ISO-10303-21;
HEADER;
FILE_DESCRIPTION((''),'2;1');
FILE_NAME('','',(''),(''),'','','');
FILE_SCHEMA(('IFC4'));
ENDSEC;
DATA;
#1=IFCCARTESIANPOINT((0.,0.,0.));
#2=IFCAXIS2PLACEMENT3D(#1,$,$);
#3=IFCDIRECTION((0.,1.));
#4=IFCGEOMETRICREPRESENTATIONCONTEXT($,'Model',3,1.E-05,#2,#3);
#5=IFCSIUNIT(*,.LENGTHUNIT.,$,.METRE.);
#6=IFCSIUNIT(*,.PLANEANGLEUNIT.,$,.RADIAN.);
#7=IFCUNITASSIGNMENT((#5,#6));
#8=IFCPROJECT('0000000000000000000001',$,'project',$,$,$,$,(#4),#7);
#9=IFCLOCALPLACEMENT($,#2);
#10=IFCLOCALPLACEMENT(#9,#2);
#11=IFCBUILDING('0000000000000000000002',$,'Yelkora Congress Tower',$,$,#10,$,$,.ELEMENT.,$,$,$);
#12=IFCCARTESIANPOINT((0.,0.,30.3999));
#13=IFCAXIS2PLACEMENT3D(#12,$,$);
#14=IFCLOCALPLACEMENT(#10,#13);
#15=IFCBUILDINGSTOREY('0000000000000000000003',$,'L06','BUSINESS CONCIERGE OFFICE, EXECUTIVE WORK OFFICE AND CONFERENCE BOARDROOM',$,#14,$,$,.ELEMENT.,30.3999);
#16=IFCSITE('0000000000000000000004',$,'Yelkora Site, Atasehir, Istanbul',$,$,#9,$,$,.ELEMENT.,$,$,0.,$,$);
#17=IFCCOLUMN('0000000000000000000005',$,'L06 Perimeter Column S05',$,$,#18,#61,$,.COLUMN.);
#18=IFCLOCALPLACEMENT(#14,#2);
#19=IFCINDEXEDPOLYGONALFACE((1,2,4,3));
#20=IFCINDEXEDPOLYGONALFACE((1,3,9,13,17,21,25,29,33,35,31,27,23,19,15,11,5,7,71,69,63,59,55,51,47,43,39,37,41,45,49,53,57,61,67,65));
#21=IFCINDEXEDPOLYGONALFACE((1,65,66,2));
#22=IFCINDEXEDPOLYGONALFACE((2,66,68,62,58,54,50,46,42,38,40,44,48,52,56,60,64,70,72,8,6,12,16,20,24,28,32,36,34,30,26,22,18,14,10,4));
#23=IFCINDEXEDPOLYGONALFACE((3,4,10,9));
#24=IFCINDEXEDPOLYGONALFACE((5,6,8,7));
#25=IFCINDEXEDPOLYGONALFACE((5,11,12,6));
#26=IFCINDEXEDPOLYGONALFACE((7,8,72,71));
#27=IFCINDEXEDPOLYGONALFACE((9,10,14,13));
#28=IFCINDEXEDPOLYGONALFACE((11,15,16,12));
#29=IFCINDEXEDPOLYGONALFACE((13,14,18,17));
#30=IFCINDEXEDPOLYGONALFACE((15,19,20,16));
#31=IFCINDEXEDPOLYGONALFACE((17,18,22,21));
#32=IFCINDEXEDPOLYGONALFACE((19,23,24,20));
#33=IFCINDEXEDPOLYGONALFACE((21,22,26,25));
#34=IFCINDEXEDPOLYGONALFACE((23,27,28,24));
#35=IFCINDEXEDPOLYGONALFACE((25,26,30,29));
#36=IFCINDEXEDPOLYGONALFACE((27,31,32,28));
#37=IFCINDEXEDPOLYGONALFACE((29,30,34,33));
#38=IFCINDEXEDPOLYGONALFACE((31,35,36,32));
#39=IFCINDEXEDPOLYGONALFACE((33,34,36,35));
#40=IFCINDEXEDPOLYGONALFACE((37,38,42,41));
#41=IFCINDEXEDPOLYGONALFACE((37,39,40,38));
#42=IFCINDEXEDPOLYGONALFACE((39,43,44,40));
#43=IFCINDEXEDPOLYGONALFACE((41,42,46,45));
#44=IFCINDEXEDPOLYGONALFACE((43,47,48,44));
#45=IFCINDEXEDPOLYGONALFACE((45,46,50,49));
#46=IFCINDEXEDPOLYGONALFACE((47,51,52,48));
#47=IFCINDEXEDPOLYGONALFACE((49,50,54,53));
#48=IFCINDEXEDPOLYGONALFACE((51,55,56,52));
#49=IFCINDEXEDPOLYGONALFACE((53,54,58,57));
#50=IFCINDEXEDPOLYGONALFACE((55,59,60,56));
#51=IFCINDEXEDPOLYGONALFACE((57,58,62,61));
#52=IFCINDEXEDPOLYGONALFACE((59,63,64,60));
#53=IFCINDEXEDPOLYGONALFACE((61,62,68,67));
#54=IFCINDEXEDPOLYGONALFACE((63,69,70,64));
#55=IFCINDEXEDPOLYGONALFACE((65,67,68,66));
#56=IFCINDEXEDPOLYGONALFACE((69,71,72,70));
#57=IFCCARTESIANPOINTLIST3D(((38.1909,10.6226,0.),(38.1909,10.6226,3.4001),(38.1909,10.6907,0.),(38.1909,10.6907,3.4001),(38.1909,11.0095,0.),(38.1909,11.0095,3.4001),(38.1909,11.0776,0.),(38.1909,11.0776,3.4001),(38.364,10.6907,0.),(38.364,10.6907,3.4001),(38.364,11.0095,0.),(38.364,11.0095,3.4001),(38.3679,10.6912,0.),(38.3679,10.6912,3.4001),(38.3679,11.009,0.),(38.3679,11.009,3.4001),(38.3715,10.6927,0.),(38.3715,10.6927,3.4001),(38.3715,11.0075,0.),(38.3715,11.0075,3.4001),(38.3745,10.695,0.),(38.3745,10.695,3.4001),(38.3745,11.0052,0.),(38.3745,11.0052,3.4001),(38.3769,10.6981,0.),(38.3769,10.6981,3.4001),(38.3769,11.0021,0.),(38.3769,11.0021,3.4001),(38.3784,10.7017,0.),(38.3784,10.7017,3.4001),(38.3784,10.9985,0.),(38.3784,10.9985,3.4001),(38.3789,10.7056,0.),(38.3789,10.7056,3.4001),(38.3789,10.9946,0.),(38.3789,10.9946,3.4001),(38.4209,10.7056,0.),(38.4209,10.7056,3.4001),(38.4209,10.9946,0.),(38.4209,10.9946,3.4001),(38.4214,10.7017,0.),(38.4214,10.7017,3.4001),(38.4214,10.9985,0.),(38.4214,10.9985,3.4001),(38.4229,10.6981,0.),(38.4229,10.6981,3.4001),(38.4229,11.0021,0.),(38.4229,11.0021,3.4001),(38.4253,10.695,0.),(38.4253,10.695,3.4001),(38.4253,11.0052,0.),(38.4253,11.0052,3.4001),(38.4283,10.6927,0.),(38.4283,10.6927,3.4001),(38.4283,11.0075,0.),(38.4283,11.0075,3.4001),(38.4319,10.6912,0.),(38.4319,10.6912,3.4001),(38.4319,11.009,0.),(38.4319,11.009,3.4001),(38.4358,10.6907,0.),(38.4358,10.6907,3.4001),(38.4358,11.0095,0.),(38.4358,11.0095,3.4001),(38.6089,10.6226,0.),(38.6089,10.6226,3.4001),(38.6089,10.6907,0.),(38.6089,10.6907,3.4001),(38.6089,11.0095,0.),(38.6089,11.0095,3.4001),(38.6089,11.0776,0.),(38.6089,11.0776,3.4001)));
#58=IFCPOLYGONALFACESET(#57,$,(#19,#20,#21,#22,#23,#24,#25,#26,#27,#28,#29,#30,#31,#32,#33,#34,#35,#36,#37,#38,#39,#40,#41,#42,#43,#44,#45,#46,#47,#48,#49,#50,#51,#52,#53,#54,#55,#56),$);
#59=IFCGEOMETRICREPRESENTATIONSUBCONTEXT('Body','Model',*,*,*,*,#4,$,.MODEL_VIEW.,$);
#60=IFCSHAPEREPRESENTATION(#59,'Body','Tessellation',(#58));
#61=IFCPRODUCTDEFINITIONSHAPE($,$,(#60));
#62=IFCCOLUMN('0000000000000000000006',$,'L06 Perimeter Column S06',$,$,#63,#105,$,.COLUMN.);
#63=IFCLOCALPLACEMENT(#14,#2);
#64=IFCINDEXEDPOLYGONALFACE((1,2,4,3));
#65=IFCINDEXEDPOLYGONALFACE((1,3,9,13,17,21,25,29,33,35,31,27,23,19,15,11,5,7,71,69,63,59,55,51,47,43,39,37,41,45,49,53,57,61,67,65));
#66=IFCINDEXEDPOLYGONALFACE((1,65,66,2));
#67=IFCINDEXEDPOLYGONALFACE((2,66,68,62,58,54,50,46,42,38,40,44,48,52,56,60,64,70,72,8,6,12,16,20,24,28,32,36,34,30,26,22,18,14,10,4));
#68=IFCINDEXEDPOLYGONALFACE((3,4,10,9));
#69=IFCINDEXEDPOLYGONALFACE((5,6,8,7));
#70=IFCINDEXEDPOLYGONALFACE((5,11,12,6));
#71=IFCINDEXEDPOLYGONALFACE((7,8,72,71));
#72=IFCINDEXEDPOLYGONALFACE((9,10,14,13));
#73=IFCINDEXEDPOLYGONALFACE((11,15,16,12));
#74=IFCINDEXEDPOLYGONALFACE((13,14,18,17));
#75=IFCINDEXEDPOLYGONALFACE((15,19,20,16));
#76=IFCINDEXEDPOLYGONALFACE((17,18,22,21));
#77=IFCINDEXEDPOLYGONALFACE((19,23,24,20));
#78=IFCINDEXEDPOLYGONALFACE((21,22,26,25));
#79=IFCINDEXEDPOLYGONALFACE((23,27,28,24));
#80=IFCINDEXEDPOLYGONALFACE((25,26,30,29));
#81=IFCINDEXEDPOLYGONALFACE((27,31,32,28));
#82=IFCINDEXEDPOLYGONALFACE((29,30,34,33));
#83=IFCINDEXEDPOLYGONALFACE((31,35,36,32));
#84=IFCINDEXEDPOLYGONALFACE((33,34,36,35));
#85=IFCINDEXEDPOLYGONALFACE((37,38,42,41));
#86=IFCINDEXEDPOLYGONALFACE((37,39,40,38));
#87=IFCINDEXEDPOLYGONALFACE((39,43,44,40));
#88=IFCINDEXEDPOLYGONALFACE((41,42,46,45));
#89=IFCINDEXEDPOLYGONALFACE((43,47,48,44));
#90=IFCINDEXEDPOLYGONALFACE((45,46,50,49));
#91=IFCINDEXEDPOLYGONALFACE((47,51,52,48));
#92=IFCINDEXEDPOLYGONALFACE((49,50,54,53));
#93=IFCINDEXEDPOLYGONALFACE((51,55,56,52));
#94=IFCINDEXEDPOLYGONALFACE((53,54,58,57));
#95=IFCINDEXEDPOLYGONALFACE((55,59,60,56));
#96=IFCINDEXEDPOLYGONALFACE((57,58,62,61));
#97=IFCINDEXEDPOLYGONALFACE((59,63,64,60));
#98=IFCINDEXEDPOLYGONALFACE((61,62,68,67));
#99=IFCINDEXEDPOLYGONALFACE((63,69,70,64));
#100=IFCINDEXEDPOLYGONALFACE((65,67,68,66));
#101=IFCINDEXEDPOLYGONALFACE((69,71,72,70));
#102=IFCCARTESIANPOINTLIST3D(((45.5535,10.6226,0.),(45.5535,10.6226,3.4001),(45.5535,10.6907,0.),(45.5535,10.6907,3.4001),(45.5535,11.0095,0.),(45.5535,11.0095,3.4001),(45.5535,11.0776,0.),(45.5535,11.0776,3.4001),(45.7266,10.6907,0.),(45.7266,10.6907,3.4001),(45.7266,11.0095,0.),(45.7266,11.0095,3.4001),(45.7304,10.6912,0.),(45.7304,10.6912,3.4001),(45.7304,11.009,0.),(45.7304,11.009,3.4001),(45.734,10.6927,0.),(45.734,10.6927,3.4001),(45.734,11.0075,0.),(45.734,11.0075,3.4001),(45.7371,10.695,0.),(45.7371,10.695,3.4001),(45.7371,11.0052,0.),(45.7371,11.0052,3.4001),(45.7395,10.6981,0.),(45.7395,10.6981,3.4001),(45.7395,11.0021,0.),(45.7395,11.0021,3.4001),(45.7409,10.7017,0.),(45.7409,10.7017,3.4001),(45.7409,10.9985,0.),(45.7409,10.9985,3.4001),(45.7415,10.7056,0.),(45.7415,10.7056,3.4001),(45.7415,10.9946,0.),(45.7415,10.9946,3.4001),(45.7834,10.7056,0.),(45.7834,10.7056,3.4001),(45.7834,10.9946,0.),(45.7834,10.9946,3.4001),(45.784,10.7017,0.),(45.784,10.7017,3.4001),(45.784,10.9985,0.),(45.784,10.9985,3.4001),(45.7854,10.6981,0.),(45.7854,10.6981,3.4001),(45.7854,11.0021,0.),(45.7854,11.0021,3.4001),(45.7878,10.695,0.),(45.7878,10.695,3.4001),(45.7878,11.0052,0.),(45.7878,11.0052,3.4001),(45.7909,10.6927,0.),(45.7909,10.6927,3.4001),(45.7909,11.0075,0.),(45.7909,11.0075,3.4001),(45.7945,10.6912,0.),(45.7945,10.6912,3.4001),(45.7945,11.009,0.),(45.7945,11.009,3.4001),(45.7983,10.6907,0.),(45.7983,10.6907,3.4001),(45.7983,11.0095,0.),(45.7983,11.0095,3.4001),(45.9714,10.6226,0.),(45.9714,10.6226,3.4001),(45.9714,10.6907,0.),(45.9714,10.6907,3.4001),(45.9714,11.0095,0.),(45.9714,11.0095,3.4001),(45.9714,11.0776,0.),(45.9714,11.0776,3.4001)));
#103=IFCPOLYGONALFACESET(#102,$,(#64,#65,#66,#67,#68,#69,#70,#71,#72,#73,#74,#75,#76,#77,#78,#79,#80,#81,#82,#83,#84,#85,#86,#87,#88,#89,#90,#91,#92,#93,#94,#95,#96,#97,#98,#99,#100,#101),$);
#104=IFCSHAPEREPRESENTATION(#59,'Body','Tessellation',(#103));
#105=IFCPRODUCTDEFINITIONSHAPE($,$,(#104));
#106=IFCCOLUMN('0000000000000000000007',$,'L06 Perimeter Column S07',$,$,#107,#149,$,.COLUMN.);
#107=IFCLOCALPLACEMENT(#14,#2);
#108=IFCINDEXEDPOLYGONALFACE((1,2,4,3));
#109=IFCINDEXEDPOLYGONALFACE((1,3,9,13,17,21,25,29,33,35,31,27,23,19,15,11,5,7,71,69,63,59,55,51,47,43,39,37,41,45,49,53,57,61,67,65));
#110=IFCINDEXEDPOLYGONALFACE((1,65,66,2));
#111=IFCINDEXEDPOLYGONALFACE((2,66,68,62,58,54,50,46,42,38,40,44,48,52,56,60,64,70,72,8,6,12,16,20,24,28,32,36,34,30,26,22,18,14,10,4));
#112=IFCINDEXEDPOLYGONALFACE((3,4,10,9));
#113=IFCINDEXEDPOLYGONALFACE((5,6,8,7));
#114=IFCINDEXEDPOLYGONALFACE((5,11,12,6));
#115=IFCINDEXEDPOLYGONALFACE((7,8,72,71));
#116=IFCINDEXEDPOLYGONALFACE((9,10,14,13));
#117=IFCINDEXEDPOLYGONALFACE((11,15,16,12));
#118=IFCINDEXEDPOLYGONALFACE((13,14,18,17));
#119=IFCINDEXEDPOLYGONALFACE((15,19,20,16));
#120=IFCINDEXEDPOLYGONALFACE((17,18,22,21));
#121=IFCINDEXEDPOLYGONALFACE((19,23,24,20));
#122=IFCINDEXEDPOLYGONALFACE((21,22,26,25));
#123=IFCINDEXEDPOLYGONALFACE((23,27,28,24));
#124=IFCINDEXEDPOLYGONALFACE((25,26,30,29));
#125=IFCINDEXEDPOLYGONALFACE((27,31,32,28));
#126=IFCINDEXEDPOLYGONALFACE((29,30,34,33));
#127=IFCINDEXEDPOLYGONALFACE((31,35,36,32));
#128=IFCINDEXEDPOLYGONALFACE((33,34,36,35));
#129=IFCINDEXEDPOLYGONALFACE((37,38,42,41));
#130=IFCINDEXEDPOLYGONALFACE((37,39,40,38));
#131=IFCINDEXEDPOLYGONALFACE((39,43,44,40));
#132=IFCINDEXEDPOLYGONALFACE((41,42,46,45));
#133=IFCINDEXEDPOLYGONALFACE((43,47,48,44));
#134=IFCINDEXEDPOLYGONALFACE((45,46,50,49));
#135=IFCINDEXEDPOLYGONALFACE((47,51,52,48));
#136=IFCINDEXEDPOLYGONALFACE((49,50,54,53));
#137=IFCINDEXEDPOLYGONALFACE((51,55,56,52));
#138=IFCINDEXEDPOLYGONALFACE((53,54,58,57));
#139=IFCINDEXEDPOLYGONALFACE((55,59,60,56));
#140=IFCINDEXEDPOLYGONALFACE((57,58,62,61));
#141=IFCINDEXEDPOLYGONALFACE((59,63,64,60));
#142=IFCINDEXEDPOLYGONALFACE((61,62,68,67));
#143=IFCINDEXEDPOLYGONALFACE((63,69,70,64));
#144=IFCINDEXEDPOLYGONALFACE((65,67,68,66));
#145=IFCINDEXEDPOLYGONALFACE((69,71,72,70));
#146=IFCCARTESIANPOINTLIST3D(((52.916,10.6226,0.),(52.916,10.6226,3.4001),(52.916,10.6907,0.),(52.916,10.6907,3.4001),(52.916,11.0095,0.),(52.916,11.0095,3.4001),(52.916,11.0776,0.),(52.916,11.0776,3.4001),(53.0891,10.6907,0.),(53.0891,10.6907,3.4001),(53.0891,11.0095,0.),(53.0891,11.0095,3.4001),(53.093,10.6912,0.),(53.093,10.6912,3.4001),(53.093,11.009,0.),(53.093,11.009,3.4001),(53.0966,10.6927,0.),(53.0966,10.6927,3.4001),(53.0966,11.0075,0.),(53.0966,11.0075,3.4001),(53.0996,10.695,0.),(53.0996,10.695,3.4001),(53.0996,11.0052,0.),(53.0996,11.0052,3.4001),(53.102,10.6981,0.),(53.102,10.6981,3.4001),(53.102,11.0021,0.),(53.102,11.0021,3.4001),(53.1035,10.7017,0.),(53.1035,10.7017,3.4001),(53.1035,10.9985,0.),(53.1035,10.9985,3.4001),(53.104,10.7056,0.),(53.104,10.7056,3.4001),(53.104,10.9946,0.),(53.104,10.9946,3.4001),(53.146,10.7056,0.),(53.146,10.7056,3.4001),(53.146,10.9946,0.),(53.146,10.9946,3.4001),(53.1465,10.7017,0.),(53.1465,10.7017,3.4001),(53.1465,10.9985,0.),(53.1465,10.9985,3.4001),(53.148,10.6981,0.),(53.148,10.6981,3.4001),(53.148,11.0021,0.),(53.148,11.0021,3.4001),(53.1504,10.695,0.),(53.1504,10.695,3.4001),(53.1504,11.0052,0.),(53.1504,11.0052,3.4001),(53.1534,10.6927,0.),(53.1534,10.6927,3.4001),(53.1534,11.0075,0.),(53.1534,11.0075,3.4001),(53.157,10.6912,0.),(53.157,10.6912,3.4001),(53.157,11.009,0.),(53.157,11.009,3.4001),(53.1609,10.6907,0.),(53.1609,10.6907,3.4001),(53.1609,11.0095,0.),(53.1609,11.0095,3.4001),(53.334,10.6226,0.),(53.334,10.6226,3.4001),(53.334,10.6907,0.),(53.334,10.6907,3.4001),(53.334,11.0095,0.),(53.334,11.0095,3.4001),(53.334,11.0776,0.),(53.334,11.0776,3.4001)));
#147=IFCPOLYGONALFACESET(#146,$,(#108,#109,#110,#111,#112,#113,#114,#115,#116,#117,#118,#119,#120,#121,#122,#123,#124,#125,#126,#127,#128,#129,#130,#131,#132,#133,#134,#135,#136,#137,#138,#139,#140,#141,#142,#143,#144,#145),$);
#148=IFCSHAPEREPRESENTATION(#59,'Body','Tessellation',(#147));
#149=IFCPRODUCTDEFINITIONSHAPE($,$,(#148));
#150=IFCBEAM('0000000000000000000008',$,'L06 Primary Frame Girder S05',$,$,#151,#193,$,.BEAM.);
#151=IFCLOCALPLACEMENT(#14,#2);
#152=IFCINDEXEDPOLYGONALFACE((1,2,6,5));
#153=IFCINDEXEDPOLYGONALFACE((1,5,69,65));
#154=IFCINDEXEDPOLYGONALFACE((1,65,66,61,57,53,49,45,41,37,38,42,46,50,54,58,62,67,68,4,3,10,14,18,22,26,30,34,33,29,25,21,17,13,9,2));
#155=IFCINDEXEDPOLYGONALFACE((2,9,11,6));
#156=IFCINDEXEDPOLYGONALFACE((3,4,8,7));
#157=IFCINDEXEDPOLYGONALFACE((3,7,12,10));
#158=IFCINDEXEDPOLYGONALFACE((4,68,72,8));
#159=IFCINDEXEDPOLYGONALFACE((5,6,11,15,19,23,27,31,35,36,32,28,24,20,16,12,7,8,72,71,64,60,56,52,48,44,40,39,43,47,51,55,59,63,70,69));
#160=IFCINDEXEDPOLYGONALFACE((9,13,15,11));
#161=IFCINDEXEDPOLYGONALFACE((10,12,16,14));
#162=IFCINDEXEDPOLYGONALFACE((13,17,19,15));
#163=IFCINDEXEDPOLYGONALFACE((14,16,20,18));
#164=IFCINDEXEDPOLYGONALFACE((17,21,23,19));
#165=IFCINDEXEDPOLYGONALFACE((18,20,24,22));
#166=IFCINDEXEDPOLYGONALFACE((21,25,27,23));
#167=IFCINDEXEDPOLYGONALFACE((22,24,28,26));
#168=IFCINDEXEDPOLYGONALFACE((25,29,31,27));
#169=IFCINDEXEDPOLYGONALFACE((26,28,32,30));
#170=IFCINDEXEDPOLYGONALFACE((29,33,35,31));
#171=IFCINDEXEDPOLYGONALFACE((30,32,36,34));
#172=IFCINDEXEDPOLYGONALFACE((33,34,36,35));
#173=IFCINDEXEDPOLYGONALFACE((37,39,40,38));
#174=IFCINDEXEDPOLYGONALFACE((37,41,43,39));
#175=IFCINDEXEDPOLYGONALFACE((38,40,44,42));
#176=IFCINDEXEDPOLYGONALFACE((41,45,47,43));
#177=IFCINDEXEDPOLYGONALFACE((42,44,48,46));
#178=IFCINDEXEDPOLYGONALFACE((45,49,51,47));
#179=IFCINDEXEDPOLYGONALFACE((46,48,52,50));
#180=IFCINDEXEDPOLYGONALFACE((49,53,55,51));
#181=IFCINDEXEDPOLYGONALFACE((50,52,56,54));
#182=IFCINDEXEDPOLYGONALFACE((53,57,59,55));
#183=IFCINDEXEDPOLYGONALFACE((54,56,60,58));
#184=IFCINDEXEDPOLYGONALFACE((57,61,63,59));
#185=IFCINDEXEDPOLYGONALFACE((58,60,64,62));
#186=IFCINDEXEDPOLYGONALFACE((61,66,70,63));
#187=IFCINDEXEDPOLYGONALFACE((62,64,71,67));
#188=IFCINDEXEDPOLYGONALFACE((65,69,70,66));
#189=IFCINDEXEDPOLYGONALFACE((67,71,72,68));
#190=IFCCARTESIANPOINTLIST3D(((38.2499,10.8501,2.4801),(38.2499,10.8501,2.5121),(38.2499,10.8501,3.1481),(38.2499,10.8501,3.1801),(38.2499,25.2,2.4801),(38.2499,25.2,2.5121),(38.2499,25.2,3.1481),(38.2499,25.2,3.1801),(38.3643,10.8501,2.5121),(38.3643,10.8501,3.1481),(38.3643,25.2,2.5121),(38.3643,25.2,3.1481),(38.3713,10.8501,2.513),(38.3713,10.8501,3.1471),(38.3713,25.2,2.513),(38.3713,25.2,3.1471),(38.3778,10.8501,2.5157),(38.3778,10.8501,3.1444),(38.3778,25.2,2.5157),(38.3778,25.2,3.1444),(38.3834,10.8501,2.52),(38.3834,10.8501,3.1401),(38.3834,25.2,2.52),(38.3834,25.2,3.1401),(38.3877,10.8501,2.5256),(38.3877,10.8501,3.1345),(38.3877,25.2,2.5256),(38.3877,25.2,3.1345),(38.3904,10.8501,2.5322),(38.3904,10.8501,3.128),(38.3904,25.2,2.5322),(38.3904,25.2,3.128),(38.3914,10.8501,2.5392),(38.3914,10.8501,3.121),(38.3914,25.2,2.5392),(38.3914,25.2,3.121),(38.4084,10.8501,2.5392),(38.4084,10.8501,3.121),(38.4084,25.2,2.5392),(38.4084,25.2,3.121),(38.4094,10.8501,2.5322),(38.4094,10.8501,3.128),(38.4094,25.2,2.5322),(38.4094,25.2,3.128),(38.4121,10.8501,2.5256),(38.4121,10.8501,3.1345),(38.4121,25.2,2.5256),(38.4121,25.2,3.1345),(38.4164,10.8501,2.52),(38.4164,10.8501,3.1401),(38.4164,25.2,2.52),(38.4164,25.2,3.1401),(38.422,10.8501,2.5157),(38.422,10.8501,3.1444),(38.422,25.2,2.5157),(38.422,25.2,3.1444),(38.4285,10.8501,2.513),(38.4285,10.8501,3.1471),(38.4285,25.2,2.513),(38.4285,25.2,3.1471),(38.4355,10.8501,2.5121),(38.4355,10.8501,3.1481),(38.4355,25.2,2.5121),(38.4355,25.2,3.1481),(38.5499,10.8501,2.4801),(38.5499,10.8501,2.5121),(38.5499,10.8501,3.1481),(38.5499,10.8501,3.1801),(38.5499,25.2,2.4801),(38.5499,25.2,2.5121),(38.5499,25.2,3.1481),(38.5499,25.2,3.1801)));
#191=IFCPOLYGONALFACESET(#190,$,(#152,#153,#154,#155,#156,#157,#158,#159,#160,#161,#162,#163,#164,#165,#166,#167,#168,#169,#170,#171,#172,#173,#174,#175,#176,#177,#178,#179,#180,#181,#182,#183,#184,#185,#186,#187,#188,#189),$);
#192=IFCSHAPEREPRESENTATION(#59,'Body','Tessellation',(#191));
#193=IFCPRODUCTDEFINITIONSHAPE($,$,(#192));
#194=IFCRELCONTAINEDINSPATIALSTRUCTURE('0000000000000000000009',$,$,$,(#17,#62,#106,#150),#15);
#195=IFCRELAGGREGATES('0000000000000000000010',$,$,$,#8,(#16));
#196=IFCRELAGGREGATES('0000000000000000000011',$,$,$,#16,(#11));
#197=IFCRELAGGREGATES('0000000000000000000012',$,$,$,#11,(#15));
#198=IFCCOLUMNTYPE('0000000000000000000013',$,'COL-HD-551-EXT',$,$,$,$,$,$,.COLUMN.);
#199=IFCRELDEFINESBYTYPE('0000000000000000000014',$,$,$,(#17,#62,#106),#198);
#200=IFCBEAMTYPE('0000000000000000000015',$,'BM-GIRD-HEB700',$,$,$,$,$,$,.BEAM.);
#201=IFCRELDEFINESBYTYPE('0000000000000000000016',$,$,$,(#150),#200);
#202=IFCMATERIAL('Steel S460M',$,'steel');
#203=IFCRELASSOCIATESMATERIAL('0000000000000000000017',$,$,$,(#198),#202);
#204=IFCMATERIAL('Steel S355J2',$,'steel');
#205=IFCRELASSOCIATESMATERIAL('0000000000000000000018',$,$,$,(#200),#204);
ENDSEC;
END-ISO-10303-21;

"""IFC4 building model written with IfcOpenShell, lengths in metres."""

from ifc_helpers import new_model, si_unit, direction, frame, origin, origin_2d, place, context, subcontext, project, spatial, i_section, extrude, material, material_profile, profile_set, type_object, element, save


model = new_model("IFC4")

# Units and contexts
model_context = context("Model", 3, precision=1e-05, world=origin(), true_north=direction((0.0, 1.0)))
body_context = subcontext(model_context, "Body", "Model", "MODEL_VIEW")
ifc_project = project(units=[si_unit("LENGTHUNIT", "METRE"), si_unit("PLANEANGLEUNIT", "RADIAN")], contexts=[model_context])

# Site, building, storey
site_placement = place(None, origin())
site = spatial("IfcSite", under=ifc_project, at=site_placement, Name="Yelkora Site, Atasehir, Istanbul", CompositionType="ELEMENT", RefElevation=0.0)
building_placement = place(site_placement, origin())
building = spatial("IfcBuilding", under=site, at=building_placement, Name="Yelkora Congress Tower", CompositionType="ELEMENT")
storey_placement = place(building_placement, frame((0.0, 0.0, 30.3999)))
storey = spatial("IfcBuildingStorey", under=building, at=storey_placement, Name="L06", Description="BUSINESS CONCIERGE OFFICE, EXECUTIVE WORK OFFICE AND CONFERENCE BOARDROOM", CompositionType="ELEMENT", Elevation=30.3999)

# Columns
ifc_material_1 = material(Name="Steel S460M", Category="steel")
ifc_material_profile_1 = material_profile(ifc_material_1, i_section(OverallWidth=0.418, OverallDepth=0.4551, WebThickness=0.042, FlangeThickness=0.0681, FilletRadius=0.0149, at=origin_2d()), Name="HD 400x551")
ifc_profile_set_1 = profile_set([ifc_material_profile_1], Name="Steel S460M")
column_type = type_object("IfcColumnType", Name="COL-HD-551-EXT", PredefinedType="COLUMN", material=ifc_profile_set_1)
for number, where, z_axis, x_axis, name in (
    (1, (38.3999, 10.8501, 0.0), (0.0, 0.0, 1.0), (1.0, 0.0, 0.0), "L06 Perimeter Column S05"),
    (2, (45.7625, 10.8501, 0.0), (0.0, 0.0, 1.0), (1.0, 0.0, 0.0), "L06 Perimeter Column S06"),
    (3, (53.125, 10.8501, 0.0), (0.0, 0.0, 1.0), (1.0, 0.0, 0.0), "L06 Perimeter Column S07"),
):
    element("IfcColumn", number, at=place(storey_placement, frame(where, z_axis=z_axis, x_axis=x_axis)), inside=storey, type_object=column_type, Name=name, PredefinedType="COLUMN", context=body_context, shape_type="SweptSolid", body=[
        extrude(i_section(OverallWidth=0.418, OverallDepth=0.4551, WebThickness=0.042, FlangeThickness=0.0681, FilletRadius=0.0149, at=origin_2d()), origin(), (0.0, 0.0, 1.0), 3.4001),
    ])

# Beam
ifc_material_2 = material(Name="Steel S355J2", Category="steel")
ifc_material_profile_2 = material_profile(ifc_material_2, i_section(OverallWidth=0.3, OverallDepth=0.7, WebThickness=0.0171, FlangeThickness=0.032, FilletRadius=0.0271, at=origin_2d()), Name="HEB 700")
ifc_profile_set_2 = profile_set([ifc_material_profile_2], Name="Steel S355J2")
beam_type_1 = type_object("IfcBeamType", Name="BM-GIRD-HEB700", PredefinedType="BEAM", material=ifc_profile_set_2)
beam_1_placement = place(storey_placement, frame((38.3999, 10.8501, 2.8301), z_axis=(0.0, 1.0, 0.0), x_axis=(-1.0, 0.0, 0.0)))
element("IfcBeam", 4, at=beam_1_placement, inside=storey, type_object=beam_type_1, Name="L06 Primary Frame Girder S05", PredefinedType="BEAM", context=body_context, shape_type="SweptSolid", body=[
    extrude(i_section(OverallWidth=0.3, OverallDepth=0.7, WebThickness=0.0171, FlangeThickness=0.032, FilletRadius=0.0271, at=origin_2d()), origin(), (0.0, 0.0, 1.0), 14.3499),
])

save(model, "model.ifc")
